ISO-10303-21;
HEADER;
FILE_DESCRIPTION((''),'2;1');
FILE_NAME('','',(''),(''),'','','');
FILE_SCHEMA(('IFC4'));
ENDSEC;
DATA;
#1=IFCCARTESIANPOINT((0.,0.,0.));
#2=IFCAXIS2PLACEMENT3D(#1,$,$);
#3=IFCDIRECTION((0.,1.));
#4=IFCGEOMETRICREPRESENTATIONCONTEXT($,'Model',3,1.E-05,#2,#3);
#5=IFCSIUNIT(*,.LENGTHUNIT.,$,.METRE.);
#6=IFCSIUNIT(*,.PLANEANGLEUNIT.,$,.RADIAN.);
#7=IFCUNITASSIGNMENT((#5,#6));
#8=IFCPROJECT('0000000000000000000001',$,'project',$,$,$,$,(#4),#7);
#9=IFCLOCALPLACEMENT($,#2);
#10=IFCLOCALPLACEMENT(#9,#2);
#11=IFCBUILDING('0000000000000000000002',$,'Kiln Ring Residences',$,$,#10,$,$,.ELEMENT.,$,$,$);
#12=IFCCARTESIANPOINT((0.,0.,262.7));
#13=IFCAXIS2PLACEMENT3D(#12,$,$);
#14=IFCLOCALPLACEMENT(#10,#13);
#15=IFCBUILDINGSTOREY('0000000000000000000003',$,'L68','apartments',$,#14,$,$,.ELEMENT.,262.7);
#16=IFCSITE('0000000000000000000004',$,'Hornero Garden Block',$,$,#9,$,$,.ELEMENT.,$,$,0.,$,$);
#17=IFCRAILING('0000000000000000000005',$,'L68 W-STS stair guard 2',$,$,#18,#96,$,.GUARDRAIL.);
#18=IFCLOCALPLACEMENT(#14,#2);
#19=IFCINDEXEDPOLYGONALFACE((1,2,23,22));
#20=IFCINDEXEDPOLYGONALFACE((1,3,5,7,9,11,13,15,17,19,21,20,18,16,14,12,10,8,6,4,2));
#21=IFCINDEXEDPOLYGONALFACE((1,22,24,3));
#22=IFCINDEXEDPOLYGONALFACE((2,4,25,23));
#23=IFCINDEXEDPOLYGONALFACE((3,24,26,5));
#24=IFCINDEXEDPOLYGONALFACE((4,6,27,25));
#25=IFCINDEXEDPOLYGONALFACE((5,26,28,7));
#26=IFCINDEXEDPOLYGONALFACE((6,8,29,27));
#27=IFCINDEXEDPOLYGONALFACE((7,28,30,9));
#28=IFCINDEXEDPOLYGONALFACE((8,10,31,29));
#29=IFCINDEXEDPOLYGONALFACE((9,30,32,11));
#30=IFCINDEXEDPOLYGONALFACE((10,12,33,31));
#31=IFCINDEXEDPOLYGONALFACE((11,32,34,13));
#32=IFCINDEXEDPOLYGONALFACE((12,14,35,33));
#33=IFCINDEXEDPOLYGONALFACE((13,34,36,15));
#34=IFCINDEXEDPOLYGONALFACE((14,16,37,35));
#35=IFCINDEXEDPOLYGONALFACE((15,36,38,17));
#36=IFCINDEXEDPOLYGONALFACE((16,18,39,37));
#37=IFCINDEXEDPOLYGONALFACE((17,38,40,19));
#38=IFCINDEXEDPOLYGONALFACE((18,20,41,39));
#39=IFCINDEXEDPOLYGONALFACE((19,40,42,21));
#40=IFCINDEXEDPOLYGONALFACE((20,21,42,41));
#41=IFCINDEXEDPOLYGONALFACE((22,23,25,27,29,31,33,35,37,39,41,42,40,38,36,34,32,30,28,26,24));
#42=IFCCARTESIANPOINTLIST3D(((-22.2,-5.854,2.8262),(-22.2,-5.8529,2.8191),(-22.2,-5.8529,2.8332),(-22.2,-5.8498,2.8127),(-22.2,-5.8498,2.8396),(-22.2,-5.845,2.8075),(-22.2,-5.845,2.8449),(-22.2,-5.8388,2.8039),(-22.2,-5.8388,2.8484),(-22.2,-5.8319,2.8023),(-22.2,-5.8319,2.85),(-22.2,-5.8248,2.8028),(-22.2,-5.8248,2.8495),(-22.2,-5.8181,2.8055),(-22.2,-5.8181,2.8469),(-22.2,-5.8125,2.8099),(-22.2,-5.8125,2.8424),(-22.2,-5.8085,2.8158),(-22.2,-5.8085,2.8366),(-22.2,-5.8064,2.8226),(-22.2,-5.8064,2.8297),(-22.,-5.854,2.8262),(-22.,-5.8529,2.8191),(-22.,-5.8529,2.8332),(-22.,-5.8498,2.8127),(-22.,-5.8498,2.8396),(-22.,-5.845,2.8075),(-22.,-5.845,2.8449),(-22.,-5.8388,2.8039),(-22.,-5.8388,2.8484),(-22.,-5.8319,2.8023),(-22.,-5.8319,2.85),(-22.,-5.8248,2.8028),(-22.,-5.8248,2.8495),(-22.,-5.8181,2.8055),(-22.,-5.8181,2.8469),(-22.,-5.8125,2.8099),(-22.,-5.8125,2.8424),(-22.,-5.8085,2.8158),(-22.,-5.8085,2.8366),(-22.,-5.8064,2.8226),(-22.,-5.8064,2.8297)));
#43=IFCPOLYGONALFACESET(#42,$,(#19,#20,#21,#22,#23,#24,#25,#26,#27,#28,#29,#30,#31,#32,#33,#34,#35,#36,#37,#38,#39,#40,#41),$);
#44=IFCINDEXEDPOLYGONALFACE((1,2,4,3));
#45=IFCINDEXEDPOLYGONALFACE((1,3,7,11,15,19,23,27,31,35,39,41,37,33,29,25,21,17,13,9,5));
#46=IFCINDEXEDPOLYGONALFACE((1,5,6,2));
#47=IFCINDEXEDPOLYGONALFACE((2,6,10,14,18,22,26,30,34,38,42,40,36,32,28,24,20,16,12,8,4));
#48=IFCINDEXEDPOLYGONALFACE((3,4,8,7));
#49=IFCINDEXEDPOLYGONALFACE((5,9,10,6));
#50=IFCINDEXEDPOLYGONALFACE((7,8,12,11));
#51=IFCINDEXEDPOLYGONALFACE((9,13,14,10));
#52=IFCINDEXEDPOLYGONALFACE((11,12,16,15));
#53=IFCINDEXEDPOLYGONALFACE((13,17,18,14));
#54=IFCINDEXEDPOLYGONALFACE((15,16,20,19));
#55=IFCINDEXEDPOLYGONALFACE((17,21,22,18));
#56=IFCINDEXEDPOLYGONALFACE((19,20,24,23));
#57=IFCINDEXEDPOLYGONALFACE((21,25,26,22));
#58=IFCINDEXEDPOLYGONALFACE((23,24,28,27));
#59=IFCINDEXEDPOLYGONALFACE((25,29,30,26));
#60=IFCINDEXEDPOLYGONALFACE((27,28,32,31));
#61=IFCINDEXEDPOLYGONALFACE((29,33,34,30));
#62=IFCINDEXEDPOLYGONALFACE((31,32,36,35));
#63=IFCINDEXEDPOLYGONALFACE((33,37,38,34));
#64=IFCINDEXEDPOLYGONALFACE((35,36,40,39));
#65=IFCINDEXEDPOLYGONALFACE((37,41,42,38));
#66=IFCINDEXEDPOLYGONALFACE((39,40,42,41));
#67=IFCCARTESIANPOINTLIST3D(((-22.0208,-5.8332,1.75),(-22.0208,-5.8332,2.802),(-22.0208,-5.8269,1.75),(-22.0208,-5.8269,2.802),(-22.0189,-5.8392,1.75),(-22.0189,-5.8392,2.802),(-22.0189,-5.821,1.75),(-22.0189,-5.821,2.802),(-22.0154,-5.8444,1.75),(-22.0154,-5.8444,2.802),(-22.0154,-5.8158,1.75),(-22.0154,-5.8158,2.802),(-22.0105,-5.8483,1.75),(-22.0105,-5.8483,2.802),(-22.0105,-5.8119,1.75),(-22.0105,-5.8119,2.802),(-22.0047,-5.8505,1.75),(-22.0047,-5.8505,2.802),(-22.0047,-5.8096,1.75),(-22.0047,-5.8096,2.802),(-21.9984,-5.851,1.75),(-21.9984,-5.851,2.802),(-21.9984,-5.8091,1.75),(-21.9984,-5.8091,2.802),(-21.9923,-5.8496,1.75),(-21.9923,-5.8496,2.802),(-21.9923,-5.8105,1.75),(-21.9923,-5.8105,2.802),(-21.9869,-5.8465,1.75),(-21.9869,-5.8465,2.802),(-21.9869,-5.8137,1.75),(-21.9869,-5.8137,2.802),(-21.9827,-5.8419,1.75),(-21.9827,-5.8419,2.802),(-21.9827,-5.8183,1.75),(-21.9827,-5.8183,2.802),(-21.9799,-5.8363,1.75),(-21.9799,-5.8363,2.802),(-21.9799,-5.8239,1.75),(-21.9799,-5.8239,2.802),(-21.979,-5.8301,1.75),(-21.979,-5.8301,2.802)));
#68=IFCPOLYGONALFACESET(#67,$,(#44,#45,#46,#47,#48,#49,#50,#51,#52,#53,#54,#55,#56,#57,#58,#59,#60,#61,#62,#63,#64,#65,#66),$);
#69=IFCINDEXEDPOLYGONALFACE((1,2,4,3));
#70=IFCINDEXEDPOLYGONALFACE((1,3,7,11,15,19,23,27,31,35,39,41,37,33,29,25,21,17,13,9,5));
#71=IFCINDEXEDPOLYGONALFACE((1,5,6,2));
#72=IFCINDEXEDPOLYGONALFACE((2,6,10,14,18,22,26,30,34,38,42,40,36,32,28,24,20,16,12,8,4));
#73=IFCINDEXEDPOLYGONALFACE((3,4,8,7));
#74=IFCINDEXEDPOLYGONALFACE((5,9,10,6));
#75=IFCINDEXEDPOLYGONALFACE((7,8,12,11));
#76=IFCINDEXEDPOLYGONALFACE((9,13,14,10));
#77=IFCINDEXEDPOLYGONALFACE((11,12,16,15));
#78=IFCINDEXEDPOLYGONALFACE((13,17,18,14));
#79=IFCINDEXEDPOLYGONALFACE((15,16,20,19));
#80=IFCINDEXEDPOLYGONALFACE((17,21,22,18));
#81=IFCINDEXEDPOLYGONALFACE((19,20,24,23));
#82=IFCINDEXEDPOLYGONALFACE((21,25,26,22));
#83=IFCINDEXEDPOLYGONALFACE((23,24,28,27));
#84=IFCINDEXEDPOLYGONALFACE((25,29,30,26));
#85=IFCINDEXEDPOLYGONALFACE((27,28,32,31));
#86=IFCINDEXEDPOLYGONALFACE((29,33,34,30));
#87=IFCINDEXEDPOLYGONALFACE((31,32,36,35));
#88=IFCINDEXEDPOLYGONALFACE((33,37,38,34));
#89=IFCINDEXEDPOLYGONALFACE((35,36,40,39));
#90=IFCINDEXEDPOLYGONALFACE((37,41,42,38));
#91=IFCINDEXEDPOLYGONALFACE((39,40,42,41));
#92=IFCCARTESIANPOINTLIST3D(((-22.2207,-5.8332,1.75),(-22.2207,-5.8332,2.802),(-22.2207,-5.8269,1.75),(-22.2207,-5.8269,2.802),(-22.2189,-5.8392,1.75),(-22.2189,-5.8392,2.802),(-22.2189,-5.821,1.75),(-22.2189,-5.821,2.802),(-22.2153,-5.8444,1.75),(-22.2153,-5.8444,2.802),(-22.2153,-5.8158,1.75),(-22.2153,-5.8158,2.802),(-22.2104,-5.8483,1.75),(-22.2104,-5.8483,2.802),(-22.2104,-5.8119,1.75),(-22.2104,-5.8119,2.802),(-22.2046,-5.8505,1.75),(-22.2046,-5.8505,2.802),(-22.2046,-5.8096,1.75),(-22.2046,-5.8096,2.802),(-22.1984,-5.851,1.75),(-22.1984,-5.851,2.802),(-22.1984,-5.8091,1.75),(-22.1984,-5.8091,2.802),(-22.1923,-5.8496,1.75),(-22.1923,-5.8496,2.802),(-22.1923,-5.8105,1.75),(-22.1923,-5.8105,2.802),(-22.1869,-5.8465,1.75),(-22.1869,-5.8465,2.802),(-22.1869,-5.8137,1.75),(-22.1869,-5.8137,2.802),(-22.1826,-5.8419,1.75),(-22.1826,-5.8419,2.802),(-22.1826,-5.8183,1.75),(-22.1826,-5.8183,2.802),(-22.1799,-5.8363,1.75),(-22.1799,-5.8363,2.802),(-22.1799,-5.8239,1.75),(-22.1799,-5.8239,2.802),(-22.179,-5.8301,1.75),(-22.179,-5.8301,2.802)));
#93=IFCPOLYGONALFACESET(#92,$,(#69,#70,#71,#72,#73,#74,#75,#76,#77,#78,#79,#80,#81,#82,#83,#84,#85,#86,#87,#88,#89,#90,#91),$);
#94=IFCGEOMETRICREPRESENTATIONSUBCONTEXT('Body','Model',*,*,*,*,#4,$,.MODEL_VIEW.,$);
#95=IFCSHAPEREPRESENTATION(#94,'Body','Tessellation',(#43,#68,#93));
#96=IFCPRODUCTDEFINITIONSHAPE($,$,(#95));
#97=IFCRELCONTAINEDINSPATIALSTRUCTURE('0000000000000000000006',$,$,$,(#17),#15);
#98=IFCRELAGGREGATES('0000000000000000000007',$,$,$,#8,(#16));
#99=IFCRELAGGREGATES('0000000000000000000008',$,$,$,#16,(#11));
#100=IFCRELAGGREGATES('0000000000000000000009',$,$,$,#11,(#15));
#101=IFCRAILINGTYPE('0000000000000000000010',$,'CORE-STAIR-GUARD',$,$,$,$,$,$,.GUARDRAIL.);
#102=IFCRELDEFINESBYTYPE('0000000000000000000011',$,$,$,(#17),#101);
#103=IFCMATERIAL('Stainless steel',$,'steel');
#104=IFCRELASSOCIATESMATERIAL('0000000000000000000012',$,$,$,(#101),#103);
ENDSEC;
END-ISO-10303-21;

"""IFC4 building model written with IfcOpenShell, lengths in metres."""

from ifc_helpers import new_model, si_unit, direction, frame, origin, origin_2d, place, context, subcontext, project, spatial, circle, extrude, material, type_object, element, save


model = new_model("IFC4")

# Units and contexts
model_context = context("Model", 3, precision=1e-05, world=origin(), true_north=direction((0.0, 1.0)))
body_context = subcontext(model_context, "Body", "Model", "MODEL_VIEW")
ifc_project = project(units=[si_unit("LENGTHUNIT", "METRE"), si_unit("PLANEANGLEUNIT", "RADIAN")], contexts=[model_context])

# Site, building, storey
site_placement = place(None, origin())
site = spatial("IfcSite", under=ifc_project, at=site_placement, Name="Hornero Garden Block", CompositionType="ELEMENT", RefElevation=0.0)
building_placement = place(site_placement, origin())
building = spatial("IfcBuilding", under=site, at=building_placement, Name="Kiln Ring Residences", CompositionType="ELEMENT")
storey_placement = place(building_placement, frame((0.0, 0.0, 262.7)))
storey = spatial("IfcBuildingStorey", under=building, at=storey_placement, Name="L68", Description="apartments", CompositionType="ELEMENT", Elevation=262.7)

# Railing
ifc_material_1 = material(Name="Stainless steel", Category="steel")
railing_type_1 = type_object("IfcRailingType", Name="CORE-STAIR-GUARD", PredefinedType="GUARDRAIL", material=ifc_material_1)
railing_1_placement = place(storey_placement, frame((-22.0, -5.8301, 1.75)))
element("IfcRailing", 1, at=railing_1_placement, inside=storey, type_object=railing_type_1, Name="L68 W-STS stair guard 2", PredefinedType="GUARDRAIL", context=body_context, shape_type="SweptSolid", body=[
    extrude(circle(Radius=0.0239, at=origin_2d()), frame((0.0, 0.0, 1.0762), z_axis=(-1.0, 0.0, 0.0), x_axis=(0.0, -1.0, 0.0)), (0.0, 0.0, 1.0), 0.2),
    extrude(circle(Radius=0.021, at=origin_2d()), origin(), (0.0, 0.0, 1.0), 1.052),
    extrude(circle(Radius=0.021, at=origin_2d()), frame((-0.2, 0.0, 0.0)), (0.0, 0.0, 1.0), 1.052),
])

save(model, "model.ifc")
